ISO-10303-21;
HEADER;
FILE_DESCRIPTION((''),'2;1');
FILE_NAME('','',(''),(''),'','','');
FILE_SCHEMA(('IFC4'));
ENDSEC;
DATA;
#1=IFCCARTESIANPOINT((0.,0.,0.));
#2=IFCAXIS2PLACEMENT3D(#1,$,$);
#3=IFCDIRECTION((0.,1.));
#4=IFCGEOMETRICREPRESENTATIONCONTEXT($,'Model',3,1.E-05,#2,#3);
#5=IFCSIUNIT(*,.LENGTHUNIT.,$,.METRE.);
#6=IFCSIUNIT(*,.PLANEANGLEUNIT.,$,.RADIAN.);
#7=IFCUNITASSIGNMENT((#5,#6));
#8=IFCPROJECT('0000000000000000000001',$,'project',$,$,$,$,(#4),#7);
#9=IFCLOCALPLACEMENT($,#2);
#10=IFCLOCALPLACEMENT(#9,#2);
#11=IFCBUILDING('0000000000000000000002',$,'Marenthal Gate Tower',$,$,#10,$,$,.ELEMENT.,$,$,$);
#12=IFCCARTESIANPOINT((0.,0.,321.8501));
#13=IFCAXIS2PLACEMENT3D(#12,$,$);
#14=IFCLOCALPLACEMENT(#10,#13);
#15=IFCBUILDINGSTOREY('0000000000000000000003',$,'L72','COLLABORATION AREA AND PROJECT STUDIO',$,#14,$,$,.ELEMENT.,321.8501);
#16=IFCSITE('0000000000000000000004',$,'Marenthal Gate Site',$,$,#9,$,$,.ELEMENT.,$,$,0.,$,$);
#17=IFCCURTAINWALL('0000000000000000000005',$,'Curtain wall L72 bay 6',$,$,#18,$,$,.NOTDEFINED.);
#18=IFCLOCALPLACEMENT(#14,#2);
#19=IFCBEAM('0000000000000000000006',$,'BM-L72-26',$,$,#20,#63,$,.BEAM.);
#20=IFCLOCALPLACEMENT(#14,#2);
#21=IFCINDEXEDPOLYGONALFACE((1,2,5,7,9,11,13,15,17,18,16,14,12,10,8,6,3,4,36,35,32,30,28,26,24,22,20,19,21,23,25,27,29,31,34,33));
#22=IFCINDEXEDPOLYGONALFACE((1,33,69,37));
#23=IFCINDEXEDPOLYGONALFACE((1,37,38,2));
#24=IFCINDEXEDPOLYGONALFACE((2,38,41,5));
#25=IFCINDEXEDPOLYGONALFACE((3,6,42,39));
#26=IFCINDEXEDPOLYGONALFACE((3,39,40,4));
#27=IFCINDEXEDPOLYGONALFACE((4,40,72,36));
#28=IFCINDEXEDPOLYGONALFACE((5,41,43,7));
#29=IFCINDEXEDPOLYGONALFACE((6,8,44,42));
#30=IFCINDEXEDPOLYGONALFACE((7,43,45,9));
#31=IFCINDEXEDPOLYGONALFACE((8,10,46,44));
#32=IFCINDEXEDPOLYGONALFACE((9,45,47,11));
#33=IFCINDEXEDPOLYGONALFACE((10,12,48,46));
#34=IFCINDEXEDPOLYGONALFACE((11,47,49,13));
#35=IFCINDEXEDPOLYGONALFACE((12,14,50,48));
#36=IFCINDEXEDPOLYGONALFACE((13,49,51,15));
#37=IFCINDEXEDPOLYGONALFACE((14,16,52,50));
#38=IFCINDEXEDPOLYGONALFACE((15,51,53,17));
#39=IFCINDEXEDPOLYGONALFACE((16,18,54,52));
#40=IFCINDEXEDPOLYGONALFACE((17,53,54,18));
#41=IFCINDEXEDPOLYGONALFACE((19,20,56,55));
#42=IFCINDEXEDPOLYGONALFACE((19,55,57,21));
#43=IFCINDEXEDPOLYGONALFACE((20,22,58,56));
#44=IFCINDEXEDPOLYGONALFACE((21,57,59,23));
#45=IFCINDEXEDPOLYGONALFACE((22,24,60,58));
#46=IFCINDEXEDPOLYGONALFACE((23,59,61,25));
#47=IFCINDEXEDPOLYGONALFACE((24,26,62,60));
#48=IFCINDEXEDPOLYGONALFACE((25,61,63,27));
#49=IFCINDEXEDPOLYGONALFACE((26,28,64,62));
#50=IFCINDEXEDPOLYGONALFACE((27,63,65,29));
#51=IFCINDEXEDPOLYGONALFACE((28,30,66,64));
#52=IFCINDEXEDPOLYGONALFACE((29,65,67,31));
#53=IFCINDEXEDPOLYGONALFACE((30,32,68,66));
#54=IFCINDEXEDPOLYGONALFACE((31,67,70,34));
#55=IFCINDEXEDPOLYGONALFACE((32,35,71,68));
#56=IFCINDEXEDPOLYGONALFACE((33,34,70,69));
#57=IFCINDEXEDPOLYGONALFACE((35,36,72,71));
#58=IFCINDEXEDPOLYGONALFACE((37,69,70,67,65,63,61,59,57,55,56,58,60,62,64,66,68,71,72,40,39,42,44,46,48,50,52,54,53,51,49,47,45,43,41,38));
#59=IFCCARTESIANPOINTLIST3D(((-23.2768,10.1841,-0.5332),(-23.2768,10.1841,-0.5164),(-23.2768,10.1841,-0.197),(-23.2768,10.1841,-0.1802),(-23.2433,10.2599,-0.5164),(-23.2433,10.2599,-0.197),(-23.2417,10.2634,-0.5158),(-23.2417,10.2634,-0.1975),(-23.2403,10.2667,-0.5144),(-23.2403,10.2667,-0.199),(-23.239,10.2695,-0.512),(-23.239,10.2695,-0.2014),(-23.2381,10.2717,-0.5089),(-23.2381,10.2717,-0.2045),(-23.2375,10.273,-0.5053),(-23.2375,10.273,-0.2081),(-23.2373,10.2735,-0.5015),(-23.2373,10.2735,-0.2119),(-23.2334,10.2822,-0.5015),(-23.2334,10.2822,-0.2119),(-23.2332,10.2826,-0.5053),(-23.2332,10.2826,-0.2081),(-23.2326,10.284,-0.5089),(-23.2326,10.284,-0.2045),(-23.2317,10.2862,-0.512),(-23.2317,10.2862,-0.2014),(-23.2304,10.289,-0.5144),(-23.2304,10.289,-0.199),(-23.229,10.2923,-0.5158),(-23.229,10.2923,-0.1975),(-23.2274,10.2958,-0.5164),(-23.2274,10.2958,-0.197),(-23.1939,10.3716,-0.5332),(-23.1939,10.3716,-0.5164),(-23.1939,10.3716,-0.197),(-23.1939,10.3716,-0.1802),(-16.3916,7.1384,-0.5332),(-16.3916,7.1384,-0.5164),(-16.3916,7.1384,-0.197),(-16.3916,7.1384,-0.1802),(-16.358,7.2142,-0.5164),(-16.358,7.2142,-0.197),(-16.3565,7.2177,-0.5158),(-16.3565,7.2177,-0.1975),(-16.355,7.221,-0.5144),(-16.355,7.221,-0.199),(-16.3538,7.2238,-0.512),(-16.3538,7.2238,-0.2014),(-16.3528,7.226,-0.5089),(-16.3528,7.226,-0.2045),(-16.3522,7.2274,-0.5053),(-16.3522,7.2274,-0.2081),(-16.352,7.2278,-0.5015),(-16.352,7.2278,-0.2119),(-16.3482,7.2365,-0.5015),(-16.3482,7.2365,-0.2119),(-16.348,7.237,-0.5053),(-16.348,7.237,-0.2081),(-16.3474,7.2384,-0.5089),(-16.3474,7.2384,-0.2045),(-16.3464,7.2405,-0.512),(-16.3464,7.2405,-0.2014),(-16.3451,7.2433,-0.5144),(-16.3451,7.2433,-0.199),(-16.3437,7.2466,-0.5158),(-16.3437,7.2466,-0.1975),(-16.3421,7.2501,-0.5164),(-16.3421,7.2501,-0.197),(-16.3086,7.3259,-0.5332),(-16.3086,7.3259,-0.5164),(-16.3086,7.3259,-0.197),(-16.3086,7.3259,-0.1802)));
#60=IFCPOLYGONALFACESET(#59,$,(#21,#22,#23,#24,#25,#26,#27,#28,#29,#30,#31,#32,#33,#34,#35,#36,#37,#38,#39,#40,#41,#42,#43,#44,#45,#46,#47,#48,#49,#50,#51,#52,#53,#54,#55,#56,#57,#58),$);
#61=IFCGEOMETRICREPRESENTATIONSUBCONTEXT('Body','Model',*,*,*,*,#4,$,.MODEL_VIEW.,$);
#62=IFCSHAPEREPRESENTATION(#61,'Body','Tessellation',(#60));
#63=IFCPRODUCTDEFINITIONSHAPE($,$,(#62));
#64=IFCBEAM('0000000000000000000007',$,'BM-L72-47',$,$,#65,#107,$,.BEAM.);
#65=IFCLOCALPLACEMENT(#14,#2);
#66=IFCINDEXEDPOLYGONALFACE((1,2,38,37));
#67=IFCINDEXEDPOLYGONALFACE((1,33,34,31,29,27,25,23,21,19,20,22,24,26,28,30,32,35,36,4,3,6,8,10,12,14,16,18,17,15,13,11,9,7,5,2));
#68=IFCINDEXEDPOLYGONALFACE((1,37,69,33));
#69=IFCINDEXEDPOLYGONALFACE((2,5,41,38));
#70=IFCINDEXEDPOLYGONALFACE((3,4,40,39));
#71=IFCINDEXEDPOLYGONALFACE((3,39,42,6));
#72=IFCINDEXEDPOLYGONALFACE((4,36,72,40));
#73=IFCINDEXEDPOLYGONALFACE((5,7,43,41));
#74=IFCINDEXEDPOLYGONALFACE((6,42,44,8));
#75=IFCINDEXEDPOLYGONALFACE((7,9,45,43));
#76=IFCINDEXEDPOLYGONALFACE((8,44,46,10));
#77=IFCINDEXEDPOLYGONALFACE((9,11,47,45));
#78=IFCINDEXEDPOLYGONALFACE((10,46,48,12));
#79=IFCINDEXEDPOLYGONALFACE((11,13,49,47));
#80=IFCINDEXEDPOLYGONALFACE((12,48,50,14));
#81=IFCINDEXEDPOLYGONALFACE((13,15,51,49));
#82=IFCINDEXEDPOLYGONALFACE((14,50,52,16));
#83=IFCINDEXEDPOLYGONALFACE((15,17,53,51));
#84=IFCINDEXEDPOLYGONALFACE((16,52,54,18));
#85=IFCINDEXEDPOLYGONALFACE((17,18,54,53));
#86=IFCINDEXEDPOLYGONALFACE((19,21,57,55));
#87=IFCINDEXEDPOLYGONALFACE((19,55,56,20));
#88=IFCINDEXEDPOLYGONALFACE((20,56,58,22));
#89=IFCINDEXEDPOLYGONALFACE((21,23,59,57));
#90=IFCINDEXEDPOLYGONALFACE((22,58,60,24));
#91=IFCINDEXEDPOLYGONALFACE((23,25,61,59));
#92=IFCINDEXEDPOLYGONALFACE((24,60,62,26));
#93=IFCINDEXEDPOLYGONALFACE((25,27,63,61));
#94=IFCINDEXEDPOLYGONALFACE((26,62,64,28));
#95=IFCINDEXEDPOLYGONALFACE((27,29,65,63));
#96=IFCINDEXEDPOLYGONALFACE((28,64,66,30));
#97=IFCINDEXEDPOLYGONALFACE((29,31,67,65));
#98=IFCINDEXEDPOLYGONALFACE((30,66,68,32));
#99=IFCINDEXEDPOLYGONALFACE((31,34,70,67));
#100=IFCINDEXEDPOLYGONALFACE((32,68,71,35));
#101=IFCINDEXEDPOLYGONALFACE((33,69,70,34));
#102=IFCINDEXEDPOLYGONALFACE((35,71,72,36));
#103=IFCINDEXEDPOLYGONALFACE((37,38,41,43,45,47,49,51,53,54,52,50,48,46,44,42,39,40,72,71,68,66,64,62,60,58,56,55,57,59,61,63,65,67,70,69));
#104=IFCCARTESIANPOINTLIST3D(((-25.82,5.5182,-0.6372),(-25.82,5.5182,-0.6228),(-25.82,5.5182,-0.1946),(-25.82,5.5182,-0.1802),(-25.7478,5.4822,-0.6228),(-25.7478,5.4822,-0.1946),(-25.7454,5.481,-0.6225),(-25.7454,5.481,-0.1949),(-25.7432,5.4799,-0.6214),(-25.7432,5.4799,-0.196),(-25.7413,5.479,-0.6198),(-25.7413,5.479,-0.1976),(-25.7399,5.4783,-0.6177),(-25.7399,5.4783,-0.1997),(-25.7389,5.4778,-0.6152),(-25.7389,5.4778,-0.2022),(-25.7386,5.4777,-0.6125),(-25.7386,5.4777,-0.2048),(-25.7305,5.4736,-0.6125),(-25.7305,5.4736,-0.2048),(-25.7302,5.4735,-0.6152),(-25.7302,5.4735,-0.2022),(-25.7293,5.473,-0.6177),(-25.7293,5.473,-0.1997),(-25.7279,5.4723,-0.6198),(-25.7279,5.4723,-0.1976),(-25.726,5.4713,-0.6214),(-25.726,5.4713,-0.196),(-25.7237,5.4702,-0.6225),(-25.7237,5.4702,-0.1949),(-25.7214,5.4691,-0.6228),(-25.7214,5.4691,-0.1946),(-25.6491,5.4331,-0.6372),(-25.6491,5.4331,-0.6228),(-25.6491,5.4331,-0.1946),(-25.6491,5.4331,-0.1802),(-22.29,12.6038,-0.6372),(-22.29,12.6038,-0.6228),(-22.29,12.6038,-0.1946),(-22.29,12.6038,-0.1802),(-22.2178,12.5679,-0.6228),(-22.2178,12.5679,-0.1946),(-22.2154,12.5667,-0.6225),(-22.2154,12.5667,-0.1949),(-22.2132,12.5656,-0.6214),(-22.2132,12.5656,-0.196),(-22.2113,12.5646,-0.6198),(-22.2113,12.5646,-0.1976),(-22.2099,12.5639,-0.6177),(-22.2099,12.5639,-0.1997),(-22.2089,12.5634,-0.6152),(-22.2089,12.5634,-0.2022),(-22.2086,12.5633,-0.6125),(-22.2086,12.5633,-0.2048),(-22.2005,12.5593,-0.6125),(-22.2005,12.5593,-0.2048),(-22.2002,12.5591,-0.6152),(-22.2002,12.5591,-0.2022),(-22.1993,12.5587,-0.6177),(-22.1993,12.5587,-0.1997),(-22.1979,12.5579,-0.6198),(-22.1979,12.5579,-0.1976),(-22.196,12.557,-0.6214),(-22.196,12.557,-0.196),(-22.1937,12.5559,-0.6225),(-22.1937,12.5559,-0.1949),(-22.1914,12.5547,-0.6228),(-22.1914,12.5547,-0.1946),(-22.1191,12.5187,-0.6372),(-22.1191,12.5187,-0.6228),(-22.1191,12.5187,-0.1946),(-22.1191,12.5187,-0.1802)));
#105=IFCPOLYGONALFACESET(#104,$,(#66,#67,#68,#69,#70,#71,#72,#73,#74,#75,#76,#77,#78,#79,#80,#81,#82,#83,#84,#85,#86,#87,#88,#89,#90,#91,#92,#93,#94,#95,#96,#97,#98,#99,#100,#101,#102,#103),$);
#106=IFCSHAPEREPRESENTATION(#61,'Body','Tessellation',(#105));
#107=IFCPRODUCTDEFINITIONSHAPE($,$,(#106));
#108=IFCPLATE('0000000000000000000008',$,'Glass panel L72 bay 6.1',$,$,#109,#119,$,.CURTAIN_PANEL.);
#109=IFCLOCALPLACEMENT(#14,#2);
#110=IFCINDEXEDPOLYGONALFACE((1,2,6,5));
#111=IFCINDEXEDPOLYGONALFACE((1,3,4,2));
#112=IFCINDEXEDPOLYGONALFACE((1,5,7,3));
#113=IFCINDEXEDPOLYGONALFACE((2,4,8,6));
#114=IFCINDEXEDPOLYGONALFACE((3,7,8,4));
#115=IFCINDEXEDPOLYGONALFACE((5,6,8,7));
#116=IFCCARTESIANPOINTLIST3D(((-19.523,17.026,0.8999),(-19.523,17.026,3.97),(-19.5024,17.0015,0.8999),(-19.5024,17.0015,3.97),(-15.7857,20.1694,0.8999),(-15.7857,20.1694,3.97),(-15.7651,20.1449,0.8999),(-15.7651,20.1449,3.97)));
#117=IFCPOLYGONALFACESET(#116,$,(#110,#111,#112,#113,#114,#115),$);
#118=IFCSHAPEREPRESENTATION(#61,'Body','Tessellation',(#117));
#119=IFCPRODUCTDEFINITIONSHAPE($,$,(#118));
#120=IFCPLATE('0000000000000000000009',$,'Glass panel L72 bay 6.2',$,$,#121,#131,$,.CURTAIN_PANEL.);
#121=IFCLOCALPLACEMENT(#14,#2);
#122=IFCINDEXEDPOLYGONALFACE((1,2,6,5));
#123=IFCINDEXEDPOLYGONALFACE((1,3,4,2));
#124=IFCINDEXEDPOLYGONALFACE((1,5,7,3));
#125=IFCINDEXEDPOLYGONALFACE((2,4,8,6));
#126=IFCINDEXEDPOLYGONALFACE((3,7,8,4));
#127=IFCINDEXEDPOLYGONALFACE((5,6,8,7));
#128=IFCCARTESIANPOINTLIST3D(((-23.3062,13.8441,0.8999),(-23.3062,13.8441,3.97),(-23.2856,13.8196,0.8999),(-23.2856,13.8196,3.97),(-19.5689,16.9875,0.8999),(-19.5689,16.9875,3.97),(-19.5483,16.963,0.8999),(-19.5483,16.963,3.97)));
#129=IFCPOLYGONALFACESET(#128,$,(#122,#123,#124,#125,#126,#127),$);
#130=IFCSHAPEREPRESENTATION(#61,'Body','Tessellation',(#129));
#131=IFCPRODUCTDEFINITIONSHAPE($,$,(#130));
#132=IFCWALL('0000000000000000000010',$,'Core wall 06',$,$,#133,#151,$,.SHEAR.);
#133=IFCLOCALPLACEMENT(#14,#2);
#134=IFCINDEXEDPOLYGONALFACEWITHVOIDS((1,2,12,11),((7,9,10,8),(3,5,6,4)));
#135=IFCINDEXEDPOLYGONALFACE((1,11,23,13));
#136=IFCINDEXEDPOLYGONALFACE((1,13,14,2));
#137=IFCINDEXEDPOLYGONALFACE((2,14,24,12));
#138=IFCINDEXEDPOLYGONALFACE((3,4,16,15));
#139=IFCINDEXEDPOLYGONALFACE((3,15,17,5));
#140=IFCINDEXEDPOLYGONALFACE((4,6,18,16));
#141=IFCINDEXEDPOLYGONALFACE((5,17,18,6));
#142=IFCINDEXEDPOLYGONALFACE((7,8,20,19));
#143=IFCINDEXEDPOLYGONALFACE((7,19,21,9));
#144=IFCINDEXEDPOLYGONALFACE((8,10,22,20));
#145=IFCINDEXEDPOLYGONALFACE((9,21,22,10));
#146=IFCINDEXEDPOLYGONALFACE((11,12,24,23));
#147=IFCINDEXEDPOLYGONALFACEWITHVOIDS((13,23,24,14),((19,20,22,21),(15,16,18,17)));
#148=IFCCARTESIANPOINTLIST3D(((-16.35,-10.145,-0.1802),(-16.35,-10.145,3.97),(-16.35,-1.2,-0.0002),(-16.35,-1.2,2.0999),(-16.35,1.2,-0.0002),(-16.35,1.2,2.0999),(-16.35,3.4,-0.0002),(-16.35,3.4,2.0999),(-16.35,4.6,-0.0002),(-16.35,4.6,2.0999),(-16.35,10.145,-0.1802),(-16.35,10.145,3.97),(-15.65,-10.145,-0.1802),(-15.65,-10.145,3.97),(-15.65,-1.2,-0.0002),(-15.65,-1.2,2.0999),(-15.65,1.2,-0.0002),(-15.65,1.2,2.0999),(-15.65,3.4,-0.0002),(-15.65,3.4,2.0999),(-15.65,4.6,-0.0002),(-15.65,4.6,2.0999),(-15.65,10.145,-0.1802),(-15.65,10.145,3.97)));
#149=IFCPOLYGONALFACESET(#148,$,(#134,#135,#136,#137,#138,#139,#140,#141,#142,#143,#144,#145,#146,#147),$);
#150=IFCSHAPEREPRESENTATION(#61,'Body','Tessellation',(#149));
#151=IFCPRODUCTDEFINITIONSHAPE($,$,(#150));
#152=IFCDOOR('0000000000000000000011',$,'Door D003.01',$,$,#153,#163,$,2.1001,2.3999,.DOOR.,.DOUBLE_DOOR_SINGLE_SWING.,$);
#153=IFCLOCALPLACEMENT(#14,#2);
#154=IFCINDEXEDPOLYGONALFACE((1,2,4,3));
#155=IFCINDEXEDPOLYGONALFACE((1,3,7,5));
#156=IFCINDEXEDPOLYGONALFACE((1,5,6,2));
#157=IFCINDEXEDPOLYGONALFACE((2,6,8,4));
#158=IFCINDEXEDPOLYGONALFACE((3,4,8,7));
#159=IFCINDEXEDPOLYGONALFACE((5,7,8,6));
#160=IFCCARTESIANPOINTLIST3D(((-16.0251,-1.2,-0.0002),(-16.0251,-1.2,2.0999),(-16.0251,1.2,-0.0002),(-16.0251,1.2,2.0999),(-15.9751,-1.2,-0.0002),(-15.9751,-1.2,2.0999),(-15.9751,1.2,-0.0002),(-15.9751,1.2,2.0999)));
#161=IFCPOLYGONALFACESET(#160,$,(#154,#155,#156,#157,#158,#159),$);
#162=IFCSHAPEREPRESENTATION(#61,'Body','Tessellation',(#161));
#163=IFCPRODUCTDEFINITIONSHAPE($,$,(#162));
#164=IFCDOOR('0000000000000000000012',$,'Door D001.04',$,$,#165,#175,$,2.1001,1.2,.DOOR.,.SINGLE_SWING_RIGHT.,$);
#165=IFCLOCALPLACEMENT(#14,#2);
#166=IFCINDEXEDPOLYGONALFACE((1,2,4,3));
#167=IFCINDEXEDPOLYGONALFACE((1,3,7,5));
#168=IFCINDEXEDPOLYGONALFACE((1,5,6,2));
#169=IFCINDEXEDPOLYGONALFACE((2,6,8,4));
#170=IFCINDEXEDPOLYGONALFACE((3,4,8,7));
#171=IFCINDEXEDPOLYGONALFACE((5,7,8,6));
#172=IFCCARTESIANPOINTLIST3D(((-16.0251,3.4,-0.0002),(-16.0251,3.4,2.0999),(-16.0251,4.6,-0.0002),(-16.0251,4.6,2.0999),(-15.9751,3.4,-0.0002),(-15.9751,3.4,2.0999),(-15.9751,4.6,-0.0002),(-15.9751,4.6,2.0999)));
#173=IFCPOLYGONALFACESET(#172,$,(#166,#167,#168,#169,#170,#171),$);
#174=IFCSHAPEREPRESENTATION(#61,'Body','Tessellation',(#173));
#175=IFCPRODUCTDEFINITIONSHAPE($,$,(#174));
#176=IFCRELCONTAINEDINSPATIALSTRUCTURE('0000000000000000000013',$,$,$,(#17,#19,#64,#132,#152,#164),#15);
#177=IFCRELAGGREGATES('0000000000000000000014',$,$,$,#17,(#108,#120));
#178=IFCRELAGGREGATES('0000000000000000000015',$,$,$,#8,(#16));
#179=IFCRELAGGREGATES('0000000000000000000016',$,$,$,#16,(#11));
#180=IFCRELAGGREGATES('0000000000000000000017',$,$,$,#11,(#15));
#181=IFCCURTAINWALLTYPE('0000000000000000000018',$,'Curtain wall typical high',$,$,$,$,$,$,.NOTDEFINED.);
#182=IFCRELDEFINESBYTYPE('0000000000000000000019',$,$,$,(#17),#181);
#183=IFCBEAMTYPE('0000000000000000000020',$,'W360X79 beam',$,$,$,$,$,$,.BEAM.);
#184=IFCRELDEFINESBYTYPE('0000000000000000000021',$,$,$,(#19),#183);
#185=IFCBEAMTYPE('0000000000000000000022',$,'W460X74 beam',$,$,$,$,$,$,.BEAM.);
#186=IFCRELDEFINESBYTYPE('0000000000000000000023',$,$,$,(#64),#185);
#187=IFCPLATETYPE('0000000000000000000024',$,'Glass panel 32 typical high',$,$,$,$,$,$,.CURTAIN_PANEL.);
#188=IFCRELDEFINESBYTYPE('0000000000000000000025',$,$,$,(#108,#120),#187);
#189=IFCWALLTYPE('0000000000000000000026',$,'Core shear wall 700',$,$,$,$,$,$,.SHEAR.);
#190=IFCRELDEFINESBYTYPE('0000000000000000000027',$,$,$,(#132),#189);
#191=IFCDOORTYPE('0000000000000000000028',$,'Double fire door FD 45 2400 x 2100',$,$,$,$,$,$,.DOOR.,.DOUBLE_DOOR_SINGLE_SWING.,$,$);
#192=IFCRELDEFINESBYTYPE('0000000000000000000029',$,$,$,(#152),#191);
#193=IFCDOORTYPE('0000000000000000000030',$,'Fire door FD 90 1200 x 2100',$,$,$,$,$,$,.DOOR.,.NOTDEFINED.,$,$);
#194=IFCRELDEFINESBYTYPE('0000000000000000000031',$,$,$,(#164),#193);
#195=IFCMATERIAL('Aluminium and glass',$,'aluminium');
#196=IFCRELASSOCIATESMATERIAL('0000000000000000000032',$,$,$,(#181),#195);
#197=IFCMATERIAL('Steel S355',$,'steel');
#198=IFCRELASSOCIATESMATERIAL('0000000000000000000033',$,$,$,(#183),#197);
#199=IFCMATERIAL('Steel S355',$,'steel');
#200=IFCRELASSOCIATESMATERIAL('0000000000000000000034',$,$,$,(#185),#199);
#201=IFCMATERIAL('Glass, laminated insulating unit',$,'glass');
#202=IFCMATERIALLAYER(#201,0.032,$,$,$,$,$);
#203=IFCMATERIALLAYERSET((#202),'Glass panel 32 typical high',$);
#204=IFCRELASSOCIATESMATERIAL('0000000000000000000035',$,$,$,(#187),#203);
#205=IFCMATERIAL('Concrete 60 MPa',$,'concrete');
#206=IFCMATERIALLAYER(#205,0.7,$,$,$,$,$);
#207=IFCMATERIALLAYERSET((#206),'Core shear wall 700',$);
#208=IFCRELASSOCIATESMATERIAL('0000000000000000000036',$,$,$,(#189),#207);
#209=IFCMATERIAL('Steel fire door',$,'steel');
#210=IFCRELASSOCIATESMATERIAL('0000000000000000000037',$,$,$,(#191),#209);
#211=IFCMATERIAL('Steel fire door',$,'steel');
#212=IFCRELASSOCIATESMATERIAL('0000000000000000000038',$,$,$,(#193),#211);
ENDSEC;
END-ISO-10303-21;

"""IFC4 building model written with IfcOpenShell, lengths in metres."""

from ifc_helpers import new_model, si_unit, direction, frame, frame_2d, origin, origin_2d, place, context, subcontext, project, spatial, rectangle, i_section, extrude, material, layer, layer_set, material_profile, profile_set, type_object, element, fill, aggregate, save


model = new_model("IFC4")

# Units and contexts
model_context = context("Model", 3, precision=1e-05, world=origin(), true_north=direction((0.0, 1.0)))
body_context = subcontext(model_context, "Body", "Model", "MODEL_VIEW")
ifc_project = project(units=[si_unit("LENGTHUNIT", "METRE"), si_unit("PLANEANGLEUNIT", "RADIAN")], contexts=[model_context])

# Site, building, storey
site_placement = place(None, origin())
site = spatial("IfcSite", under=ifc_project, at=site_placement, Name="Marenthal Gate Site", CompositionType="ELEMENT", RefElevation=0.0)
building_placement = place(site_placement, origin())
building = spatial("IfcBuilding", under=site, at=building_placement, Name="Marenthal Gate Tower", CompositionType="ELEMENT")
storey_placement = place(building_placement, frame((0.0, 0.0, 321.8501)))
storey = spatial("IfcBuildingStorey", under=building, at=storey_placement, Name="L72", Description="COLLABORATION AREA AND PROJECT STUDIO", CompositionType="ELEMENT", Elevation=321.8501)

# Curtain wall
ifc_material_1 = material(Name="Aluminium and glass", Category="aluminium")
curtain_wall_type = type_object("IfcCurtainWallType", Name="Curtain wall typical high", PredefinedType="NOTDEFINED", material=ifc_material_1)
curtain_wall_placement = place(storey_placement, origin())
curtain_wall = element("IfcCurtainWall", 1, at=curtain_wall_placement, inside=storey, type_object=curtain_wall_type, Name="Curtain wall L72 bay 6", PredefinedType="NOTDEFINED")

# Beams
ifc_material_2 = material(Name="Steel S355", Category="steel")
ifc_material_profile_1 = material_profile(ifc_material_2, i_section(OverallWidth=0.2051, OverallDepth=0.353, WebThickness=0.0095, FlangeThickness=0.0168, FilletRadius=0.0149, at=origin_2d()), Name="W360X79")
ifc_profile_set_1 = profile_set([ifc_material_profile_1], Name="Steel S355")
beam_type_1 = type_object("IfcBeamType", Name="W360X79 beam", PredefinedType="BEAM", material=ifc_profile_set_1)
beam_1_placement = place(storey_placement, frame((-23.2354, 10.2778, -0.3567), z_axis=(0.914523, -0.404534, 0.0), x_axis=(0.404534, 0.914523, 0.0)))
element("IfcBeam", 2, at=beam_1_placement, inside=storey, type_object=beam_type_1, Name="BM-L72-26", PredefinedType="BEAM", context=body_context, shape_type="SweptSolid", body=[
    extrude(i_section(OverallWidth=0.2051, OverallDepth=0.353, WebThickness=0.0095, FlangeThickness=0.0168, FilletRadius=0.0149, at=origin_2d()), origin(), (0.0, 0.0, 1.0), 7.5288),
])
ifc_material_3 = material(Name="Steel S355", Category="steel")
ifc_material_profile_2 = material_profile(ifc_material_3, i_section(OverallWidth=0.1909, OverallDepth=0.457, WebThickness=0.009, FlangeThickness=0.0144, FilletRadius=0.0103, at=origin_2d()), Name="W460X74")
ifc_profile_set_2 = profile_set([ifc_material_profile_2], Name="Steel S355")
beam_type_2 = type_object("IfcBeamType", Name="W460X74 beam", PredefinedType="BEAM", material=ifc_profile_set_2)
beam_2_placement = place(storey_placement, frame((-22.2046, 12.5613, -0.4087), z_axis=(-0.445918, -0.895074, 0.0), x_axis=(0.895074, -0.445918, 0.0)))
element("IfcBeam", 3, at=beam_2_placement, inside=storey, type_object=beam_type_2, Name="BM-L72-47", PredefinedType="BEAM", context=body_context, shape_type="SweptSolid", body=[
    extrude(i_section(OverallWidth=0.1909, OverallDepth=0.457, WebThickness=0.009, FlangeThickness=0.0144, FilletRadius=0.0103, at=origin_2d()), origin(), (0.0, 0.0, 1.0), 7.9163),
])

# Plates
ifc_material_4 = material(Name="Glass, laminated insulating unit", Category="glass")
ifc_layer_1 = layer(ifc_material_4, 0.032)
ifc_layer_set_1 = layer_set([ifc_layer_1], Name="Glass panel 32 typical high")
plate_type = type_object("IfcPlateType", Name="Glass panel 32 typical high", PredefinedType="CURTAIN_PANEL", material=ifc_layer_set_1)
plate_1_placement = place(storey_placement, frame((-17.644, 18.5854, 0.8999), z_axis=(0.0, 0.0, 1.0), x_axis=(-0.765298, -0.643676, 0.0)))
plate_1 = element("IfcPlate", 4, at=plate_1_placement, type_object=plate_type, Name="Glass panel L72 bay 6.1", PredefinedType="CURTAIN_PANEL", context=body_context, shape_type="SweptSolid", body=[
    extrude(rectangle(XDim=4.8835, YDim=0.032, at=origin_2d()), origin(), (0.0, 0.0, 1.0), 3.0701),
])
plate_2_placement = place(storey_placement, frame((-21.4272, 15.4036, 0.8999), z_axis=(0.0, 0.0, 1.0), x_axis=(-0.765298, -0.643676, 0.0)))
plate_2 = element("IfcPlate", 5, at=plate_2_placement, type_object=plate_type, Name="Glass panel L72 bay 6.2", PredefinedType="CURTAIN_PANEL", context=body_context, shape_type="SweptSolid", body=[
    extrude(rectangle(XDim=4.8835, YDim=0.032, at=origin_2d()), origin(), (0.0, 0.0, 1.0), 3.0701),
])
aggregate(curtain_wall, [plate_1, plate_2])

# Wall, openings, doors
ifc_material_5 = material(Name="Concrete 60 MPa", Category="concrete")
ifc_layer_2 = layer(ifc_material_5, 0.7)
ifc_layer_set_2 = layer_set([ifc_layer_2], Name="Core shear wall 700")
wall_type_1 = type_object("IfcWallType", Name="Core shear wall 700", PredefinedType="SHEAR", material=ifc_layer_set_2)
wall_1_placement = place(storey_placement, frame((-16.0, 10.145, -0.1802), z_axis=(0.0, 0.0, 1.0), x_axis=(0.0, -1.0, 0.0)))
wall_1 = element("IfcWall", 6, at=wall_1_placement, inside=storey, type_object=wall_type_1, Name="Core wall 06", PredefinedType="SHEAR", context=body_context, shape_type="SweptSolid", body=[
    extrude(rectangle(XDim=20.29, YDim=0.7, at=frame_2d((10.145, 0.0))), origin(), (0.0, 0.0, 1.0), 4.1501),
])
opening_1_placement = place(wall_1_placement, frame((8.9451, 0.0, 0.1799)))
opening_1 = element("IfcOpeningElement", 7, at=opening_1_placement, cuts=wall_1, PredefinedType="OPENING", context=body_context, shape_type="SweptSolid", body=[
    extrude(rectangle(XDim=2.3999, YDim=2.1001, at=frame_2d((1.2, 1.05))), frame((0.0, 0.3599, 0.0), z_axis=(0.0, -1.0, 0.0), x_axis=(1.0, 0.0, 0.0)), (0.0, 0.0, 1.0), 0.72),
])
opening_2_placement = place(wall_1_placement, frame((5.5449, 0.0, 0.1799)))
opening_2 = element("IfcOpeningElement", 8, at=opening_2_placement, cuts=wall_1, PredefinedType="OPENING", context=body_context, shape_type="SweptSolid", body=[
    extrude(rectangle(XDim=1.2, YDim=2.1001, at=frame_2d((0.6001, 1.05))), frame((0.0, 0.3599, 0.0), z_axis=(0.0, -1.0, 0.0), x_axis=(1.0, 0.0, 0.0)), (0.0, 0.0, 1.0), 0.72),
])
ifc_material_6 = material(Name="Steel fire door", Category="steel")
door_type_1 = type_object("IfcDoorType", Name="Double fire door FD 45 2400 x 2100", OperationType="DOUBLE_DOOR_SINGLE_SWING", PredefinedType="DOOR", material=ifc_material_6)
door_1_placement = place(opening_1_placement, origin())
door_1 = element("IfcDoor", 9, at=door_1_placement, inside=storey, type_object=door_type_1, Name="Door D003.01", OperationType="DOUBLE_DOOR_SINGLE_SWING", OverallHeight=2.1001, OverallWidth=2.3999, PredefinedType="DOOR", context=body_context, shape_type="SweptSolid", body=[
    extrude(rectangle(XDim=2.3999, YDim=2.1001, at=frame_2d((1.2, 1.05))), frame((0.0, 0.0249, 0.0), z_axis=(0.0, -1.0, 0.0), x_axis=(1.0, 0.0, 0.0)), (0.0, 0.0, 1.0), 0.05),
])
fill(opening_1, door_1)
ifc_material_7 = material(Name="Steel fire door", Category="steel")
door_type_2 = type_object("IfcDoorType", Name="Fire door FD 90 1200 x 2100", OperationType="NOTDEFINED", PredefinedType="DOOR", material=ifc_material_7)
door_2_placement = place(opening_2_placement, origin())
door_2 = element("IfcDoor", 10, at=door_2_placement, inside=storey, type_object=door_type_2, Name="Door D001.04", OperationType="SINGLE_SWING_RIGHT", OverallHeight=2.1001, OverallWidth=1.2, PredefinedType="DOOR", context=body_context, shape_type="SweptSolid", body=[
    extrude(rectangle(XDim=1.2, YDim=2.1001, at=frame_2d((0.6001, 1.05))), frame((0.0, 0.0249, 0.0), z_axis=(0.0, -1.0, 0.0), x_axis=(1.0, 0.0, 0.0)), (0.0, 0.0, 1.0), 0.05),
])
fill(opening_2, door_2)

save(model, "model.ifc")
